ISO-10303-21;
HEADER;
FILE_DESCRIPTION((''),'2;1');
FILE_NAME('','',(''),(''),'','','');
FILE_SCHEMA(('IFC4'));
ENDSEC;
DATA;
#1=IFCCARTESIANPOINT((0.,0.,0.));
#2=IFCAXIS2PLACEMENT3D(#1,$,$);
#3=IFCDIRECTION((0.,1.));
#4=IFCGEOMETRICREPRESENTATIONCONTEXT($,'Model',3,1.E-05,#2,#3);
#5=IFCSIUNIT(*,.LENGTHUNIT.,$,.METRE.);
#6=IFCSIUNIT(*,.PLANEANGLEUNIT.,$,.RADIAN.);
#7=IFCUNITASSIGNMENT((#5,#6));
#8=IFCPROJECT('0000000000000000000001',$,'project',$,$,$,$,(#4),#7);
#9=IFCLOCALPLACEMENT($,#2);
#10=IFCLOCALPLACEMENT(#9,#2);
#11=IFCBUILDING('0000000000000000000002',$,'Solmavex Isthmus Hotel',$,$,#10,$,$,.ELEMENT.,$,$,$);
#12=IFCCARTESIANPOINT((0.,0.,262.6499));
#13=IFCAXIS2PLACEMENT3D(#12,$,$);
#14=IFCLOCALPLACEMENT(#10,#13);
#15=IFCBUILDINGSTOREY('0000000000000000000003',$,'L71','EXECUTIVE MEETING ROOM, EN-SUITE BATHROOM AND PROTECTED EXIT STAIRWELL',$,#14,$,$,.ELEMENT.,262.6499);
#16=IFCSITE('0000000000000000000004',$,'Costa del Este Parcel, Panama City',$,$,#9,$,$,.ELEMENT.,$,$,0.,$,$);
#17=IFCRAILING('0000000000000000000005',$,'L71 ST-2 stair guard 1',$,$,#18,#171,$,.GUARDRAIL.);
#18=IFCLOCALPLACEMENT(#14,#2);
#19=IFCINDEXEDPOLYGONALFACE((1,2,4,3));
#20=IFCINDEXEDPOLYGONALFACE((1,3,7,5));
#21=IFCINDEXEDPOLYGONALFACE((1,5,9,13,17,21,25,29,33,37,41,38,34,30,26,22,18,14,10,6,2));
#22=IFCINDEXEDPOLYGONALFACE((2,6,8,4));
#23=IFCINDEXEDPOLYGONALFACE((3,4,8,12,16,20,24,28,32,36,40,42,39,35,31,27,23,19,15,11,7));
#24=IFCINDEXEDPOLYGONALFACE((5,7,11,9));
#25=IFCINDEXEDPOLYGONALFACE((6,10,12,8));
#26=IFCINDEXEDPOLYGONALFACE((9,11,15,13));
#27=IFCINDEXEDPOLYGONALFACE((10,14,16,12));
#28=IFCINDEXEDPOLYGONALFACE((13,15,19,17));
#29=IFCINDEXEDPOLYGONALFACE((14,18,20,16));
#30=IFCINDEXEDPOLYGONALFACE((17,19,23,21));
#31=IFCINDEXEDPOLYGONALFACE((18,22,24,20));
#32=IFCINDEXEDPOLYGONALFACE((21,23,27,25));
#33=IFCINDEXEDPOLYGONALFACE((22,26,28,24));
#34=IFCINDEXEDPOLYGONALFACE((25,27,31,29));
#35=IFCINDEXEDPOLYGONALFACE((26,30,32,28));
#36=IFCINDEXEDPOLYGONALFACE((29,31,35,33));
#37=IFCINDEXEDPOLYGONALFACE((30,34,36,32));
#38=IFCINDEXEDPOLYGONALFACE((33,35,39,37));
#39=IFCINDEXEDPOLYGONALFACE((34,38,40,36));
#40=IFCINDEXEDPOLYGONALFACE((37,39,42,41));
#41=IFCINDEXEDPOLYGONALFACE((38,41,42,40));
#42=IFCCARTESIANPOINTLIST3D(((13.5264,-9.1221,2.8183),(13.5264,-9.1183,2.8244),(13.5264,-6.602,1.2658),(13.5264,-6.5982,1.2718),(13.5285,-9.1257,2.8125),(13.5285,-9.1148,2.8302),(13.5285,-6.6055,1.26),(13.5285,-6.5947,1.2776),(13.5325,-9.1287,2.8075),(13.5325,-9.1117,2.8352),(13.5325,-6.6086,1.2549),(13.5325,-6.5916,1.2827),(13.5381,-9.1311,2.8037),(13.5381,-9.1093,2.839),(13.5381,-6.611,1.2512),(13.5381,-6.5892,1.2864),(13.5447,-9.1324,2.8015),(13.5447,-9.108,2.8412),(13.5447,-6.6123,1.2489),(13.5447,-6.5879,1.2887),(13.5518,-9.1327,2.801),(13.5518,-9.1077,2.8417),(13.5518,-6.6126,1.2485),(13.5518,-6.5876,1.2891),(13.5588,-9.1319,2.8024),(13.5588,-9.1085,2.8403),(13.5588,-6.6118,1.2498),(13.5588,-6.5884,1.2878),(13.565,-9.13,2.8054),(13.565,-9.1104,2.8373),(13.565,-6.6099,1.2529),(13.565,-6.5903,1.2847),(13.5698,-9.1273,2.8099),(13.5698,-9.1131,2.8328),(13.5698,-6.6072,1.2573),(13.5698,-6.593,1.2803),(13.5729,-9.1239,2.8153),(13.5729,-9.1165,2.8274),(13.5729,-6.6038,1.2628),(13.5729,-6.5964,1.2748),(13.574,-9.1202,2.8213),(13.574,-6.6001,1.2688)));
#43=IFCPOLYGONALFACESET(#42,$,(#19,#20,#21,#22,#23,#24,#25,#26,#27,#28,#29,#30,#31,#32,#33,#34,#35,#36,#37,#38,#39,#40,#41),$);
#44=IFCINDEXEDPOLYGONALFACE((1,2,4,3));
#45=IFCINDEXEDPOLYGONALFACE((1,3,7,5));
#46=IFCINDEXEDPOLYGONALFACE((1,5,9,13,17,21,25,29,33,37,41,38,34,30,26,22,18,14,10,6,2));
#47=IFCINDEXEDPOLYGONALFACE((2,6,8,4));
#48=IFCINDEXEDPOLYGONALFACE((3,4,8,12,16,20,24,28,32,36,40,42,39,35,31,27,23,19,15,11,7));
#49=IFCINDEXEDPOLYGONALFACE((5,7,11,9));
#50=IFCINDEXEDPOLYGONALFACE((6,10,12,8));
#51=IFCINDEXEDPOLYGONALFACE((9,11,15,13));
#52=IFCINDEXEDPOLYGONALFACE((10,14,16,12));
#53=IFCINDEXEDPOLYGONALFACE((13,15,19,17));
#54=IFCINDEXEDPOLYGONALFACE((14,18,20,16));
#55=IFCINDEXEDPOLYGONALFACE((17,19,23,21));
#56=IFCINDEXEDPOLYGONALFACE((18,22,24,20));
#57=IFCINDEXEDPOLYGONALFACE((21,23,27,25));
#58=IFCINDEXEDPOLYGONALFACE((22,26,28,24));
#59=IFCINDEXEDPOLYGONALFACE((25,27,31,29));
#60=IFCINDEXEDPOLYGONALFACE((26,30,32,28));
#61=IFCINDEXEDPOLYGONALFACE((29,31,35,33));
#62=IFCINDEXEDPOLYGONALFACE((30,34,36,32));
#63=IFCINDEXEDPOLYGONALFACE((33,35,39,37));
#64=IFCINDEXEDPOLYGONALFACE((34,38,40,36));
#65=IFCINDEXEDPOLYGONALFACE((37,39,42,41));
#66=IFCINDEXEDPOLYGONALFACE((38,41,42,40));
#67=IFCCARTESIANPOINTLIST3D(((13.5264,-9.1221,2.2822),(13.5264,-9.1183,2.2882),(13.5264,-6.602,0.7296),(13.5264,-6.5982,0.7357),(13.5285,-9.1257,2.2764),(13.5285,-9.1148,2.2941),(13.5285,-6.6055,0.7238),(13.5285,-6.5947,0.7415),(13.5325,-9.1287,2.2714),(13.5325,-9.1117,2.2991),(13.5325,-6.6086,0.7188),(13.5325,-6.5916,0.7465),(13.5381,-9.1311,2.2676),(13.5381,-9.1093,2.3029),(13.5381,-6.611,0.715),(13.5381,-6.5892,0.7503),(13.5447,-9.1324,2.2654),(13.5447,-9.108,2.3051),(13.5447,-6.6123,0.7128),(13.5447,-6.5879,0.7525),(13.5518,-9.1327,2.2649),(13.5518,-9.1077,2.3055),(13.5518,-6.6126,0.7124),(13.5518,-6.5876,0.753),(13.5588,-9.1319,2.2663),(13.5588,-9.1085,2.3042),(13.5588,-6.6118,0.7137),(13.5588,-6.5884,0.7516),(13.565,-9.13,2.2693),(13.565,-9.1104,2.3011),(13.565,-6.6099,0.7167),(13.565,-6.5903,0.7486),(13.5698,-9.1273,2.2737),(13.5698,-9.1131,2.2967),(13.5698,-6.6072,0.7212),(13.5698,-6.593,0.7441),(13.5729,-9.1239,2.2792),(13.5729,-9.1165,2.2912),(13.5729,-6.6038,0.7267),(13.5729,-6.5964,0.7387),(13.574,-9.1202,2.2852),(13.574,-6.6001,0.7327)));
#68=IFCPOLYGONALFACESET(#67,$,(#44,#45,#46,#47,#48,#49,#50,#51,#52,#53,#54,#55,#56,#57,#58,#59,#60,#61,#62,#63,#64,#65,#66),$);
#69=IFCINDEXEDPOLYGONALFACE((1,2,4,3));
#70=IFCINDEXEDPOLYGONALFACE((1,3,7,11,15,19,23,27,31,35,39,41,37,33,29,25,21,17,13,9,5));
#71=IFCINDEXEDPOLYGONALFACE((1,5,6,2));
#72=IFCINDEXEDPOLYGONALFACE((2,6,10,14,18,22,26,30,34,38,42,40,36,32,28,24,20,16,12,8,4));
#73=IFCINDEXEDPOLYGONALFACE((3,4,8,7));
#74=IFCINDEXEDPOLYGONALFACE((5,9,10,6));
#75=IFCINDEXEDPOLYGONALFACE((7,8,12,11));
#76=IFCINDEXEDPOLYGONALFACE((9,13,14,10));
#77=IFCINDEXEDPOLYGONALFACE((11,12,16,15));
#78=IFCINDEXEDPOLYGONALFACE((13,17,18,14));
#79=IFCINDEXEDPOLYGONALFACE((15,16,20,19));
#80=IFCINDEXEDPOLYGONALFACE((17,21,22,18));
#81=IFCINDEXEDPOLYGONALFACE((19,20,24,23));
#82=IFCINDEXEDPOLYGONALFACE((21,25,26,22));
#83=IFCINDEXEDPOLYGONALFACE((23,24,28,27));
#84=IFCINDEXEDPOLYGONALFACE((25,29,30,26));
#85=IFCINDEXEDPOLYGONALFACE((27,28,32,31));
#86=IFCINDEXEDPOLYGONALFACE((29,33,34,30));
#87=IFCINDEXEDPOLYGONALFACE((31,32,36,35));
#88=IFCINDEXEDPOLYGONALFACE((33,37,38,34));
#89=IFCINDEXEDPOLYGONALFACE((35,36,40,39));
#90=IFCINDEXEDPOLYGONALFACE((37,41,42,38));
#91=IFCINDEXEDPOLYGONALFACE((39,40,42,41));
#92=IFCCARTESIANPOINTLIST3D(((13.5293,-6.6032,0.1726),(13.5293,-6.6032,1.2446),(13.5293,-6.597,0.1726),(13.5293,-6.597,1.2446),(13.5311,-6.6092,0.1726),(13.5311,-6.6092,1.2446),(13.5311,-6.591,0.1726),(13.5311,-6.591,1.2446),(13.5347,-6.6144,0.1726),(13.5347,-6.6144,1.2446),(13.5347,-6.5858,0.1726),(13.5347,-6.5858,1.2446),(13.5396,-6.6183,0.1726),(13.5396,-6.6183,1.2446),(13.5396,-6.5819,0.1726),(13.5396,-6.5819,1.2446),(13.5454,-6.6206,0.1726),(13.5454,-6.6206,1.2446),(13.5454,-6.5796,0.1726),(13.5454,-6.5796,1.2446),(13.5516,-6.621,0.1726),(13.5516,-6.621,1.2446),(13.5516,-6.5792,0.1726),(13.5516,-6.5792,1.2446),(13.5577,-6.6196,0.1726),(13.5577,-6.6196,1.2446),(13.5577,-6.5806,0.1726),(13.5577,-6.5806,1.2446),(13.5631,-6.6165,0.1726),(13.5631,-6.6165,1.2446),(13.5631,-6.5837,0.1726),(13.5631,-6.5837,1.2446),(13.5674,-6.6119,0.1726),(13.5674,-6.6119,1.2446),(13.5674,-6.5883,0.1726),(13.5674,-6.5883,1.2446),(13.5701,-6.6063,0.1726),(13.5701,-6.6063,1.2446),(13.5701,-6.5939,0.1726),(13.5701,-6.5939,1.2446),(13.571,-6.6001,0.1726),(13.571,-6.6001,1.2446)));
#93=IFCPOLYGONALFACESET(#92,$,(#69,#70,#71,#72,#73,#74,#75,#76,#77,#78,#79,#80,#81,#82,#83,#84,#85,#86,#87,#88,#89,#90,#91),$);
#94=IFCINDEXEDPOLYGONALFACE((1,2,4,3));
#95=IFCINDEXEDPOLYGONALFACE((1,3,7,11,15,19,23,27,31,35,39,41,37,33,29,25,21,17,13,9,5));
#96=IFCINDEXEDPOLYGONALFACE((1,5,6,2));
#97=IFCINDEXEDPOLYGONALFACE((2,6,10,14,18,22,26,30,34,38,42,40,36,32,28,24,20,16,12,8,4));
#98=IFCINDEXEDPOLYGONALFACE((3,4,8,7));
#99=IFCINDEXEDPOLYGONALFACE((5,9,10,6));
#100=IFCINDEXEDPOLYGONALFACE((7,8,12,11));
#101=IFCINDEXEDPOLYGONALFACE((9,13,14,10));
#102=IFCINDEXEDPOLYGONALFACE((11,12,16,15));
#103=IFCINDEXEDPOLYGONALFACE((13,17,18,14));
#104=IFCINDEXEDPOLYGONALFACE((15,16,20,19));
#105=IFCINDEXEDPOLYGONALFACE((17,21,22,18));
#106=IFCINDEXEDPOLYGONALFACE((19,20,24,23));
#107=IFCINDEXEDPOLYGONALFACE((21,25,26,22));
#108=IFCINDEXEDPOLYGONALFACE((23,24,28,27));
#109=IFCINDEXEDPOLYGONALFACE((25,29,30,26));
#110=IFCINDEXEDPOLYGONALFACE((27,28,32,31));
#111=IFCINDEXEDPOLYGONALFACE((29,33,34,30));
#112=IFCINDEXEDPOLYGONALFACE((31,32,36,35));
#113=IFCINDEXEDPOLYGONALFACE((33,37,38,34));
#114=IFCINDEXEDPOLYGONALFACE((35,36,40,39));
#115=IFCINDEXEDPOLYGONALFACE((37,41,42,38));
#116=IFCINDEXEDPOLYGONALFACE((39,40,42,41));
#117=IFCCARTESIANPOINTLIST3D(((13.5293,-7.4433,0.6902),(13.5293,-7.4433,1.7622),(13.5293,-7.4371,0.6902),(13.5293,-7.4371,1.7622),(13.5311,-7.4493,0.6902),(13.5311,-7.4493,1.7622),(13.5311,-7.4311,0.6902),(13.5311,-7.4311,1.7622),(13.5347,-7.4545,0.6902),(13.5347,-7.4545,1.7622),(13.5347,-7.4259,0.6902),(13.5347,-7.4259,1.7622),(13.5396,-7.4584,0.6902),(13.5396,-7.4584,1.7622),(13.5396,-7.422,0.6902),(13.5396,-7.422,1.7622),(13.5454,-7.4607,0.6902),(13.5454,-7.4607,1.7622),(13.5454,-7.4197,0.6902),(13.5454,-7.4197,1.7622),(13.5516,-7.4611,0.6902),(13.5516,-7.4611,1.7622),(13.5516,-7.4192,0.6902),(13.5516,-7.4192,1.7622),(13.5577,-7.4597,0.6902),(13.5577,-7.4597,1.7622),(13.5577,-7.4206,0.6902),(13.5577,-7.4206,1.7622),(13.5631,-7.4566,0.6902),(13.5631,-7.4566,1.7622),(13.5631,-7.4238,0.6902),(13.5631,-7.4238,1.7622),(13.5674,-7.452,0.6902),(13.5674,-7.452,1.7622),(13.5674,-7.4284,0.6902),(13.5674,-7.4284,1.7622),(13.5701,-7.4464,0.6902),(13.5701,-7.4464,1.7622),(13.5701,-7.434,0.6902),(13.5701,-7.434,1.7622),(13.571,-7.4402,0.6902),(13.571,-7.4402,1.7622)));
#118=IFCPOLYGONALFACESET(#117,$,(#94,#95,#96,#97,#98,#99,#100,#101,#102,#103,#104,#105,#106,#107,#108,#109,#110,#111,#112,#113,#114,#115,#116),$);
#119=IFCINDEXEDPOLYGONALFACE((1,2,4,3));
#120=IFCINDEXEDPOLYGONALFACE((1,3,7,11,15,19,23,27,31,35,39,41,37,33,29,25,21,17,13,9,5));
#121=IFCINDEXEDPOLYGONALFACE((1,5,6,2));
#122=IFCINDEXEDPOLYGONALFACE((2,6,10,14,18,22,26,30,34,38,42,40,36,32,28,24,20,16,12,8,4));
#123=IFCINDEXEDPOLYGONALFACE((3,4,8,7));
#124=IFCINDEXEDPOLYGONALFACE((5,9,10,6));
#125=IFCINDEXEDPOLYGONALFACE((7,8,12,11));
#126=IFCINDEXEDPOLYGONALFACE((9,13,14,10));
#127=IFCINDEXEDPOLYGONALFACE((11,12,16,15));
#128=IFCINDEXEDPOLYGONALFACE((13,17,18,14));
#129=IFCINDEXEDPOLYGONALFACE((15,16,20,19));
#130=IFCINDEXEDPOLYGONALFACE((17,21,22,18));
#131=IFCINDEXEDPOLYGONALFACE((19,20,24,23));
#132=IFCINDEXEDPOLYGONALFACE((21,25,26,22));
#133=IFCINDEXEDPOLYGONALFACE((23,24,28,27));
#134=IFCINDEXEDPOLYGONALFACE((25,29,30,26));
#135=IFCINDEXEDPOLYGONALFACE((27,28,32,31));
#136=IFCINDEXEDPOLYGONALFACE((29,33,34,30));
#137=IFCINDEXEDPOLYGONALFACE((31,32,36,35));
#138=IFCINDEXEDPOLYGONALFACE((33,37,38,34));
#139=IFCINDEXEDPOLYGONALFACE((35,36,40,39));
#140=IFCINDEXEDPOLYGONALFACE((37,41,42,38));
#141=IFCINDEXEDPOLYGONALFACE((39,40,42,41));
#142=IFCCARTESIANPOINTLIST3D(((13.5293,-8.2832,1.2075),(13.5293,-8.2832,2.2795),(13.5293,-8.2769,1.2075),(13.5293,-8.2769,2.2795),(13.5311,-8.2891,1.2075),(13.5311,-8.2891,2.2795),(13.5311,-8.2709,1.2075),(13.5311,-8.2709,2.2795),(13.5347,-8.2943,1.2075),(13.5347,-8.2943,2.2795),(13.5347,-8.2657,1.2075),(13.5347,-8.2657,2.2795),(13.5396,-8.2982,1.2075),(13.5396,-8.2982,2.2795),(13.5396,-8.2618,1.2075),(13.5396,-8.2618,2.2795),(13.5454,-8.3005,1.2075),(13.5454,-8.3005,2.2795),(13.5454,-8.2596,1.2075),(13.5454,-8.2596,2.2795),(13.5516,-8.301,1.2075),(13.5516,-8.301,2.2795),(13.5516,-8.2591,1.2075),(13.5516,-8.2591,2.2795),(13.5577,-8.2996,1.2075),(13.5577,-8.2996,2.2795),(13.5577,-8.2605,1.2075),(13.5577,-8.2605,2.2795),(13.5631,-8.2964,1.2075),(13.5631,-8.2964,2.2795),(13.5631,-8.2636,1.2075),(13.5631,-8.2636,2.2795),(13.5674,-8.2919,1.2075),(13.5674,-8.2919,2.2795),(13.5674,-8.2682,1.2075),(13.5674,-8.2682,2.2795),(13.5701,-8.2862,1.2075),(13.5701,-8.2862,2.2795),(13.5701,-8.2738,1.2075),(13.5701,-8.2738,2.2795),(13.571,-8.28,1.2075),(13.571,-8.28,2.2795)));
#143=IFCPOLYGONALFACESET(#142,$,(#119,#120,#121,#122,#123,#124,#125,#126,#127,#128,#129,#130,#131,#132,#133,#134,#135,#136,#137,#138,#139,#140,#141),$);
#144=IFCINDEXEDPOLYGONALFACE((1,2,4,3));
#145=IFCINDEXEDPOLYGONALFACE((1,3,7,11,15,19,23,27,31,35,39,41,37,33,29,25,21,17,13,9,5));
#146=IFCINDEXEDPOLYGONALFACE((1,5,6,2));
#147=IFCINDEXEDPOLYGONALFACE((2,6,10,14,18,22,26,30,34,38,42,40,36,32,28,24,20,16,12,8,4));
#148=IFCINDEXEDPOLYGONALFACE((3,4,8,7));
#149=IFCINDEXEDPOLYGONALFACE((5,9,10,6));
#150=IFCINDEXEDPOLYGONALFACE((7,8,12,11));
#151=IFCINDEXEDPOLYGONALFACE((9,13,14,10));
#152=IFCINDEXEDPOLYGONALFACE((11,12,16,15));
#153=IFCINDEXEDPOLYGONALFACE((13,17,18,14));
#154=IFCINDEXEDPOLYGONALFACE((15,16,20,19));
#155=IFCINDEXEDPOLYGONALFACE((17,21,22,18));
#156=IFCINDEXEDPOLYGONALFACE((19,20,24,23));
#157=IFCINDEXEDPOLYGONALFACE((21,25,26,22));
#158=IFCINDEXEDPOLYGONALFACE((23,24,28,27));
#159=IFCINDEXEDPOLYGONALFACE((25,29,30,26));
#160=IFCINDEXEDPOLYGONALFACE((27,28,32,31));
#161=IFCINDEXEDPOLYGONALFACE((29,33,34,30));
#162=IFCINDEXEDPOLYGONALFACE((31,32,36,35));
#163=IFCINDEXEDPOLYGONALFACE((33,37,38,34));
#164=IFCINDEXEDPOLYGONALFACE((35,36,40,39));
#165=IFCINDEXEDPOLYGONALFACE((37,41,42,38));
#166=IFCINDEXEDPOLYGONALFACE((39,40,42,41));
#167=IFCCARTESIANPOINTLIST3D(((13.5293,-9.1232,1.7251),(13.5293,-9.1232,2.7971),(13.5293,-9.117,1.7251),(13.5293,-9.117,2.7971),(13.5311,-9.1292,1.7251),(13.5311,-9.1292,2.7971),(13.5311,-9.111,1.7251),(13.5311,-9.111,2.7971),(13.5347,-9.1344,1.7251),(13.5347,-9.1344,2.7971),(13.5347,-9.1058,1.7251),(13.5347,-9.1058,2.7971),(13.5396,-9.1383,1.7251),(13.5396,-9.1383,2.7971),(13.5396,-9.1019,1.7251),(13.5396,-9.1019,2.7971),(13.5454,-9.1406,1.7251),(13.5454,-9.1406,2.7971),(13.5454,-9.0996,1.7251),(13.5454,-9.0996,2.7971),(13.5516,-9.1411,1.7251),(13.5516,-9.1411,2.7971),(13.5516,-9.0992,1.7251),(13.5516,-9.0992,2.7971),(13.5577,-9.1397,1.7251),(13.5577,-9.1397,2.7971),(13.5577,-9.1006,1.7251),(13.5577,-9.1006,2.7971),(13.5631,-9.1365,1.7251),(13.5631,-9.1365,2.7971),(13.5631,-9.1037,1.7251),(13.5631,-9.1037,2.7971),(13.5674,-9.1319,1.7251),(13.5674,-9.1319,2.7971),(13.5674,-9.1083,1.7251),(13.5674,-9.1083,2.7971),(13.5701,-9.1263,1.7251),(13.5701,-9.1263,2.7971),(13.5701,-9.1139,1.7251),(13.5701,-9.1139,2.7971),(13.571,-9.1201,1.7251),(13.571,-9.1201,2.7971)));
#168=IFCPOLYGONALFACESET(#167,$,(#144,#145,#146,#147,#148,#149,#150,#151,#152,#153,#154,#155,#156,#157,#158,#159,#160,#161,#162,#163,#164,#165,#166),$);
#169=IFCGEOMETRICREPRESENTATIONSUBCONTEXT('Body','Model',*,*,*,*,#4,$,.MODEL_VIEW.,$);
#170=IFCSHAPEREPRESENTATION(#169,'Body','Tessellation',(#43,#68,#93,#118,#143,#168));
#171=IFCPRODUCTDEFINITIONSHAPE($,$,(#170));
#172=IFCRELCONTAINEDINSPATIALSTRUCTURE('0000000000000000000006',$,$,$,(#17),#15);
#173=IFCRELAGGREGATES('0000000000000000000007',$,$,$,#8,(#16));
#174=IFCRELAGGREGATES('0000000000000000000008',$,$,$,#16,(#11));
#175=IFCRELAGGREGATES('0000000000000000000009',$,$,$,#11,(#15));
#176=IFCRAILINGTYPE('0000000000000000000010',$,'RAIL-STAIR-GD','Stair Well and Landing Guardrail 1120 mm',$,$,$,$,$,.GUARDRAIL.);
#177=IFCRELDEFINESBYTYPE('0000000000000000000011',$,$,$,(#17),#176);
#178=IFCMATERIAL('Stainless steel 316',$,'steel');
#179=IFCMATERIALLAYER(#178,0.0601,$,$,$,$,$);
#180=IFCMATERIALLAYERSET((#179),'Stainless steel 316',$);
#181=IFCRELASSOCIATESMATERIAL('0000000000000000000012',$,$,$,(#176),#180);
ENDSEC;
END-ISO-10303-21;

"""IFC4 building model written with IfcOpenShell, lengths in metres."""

from ifc_helpers import new_model, si_unit, direction, frame, origin, origin_2d, place, context, subcontext, project, spatial, circle, extrude, material, layer, layer_set, type_object, element, save


model = new_model("IFC4")

# Units and contexts
model_context = context("Model", 3, precision=1e-05, world=origin(), true_north=direction((0.0, 1.0)))
body_context = subcontext(model_context, "Body", "Model", "MODEL_VIEW")
ifc_project = project(units=[si_unit("LENGTHUNIT", "METRE"), si_unit("PLANEANGLEUNIT", "RADIAN")], contexts=[model_context])

# Site, building, storey
site_placement = place(None, origin())
site = spatial("IfcSite", under=ifc_project, at=site_placement, Name="Costa del Este Parcel, Panama City", CompositionType="ELEMENT", RefElevation=0.0)
building_placement = place(site_placement, origin())
building = spatial("IfcBuilding", under=site, at=building_placement, Name="Solmavex Isthmus Hotel", CompositionType="ELEMENT")
storey_placement = place(building_placement, frame((0.0, 0.0, 262.6499)))
storey = spatial("IfcBuildingStorey", under=building, at=storey_placement, Name="L71", Description="EXECUTIVE MEETING ROOM, EN-SUITE BATHROOM AND PROTECTED EXIT STAIRWELL", CompositionType="ELEMENT", Elevation=262.6499)

# Railing
ifc_material_1 = material(Name="Stainless steel 316", Category="steel")
ifc_layer_1 = layer(ifc_material_1, 0.0601)
ifc_layer_set_1 = layer_set([ifc_layer_1], Name="Stainless steel 316")
railing_type_1 = type_object("IfcRailingType", Name="RAIL-STAIR-GD", Description="Stair Well and Landing Guardrail 1120 mm", PredefinedType="GUARDRAIL", material=ifc_layer_set_1)
railing_1_placement = place(storey_placement, frame((13.55, -6.6001, 0.1726)))
element("IfcRailing", 1, at=railing_1_placement, inside=storey, type_object=railing_type_1, Name="L71 ST-2 stair guard 1", PredefinedType="GUARDRAIL", context=body_context, shape_type="SweptSolid", body=[
    extrude(circle(Radius=0.0239, at=origin_2d()), frame((0.0, 0.0, 1.0962), z_axis=(0.0, -0.8514, 0.524516), x_axis=(1.0, 0.0, 0.0)), (0.0, 0.0, 1.0), 2.96),
    extrude(circle(Radius=0.0239, at=origin_2d()), frame((0.0, 0.0, 0.5601), z_axis=(0.0, -0.8514, 0.524516), x_axis=(1.0, 0.0, 0.0)), (0.0, 0.0, 1.0), 2.96),
    extrude(circle(Radius=0.021, at=origin_2d()), origin(), (0.0, 0.0, 1.0), 1.072),
    extrude(circle(Radius=0.021, at=origin_2d()), frame((0.0, -0.8401, 0.5176)), (0.0, 0.0, 1.0), 1.072),
    extrude(circle(Radius=0.021, at=origin_2d()), frame((0.0, -1.6799, 1.0349)), (0.0, 0.0, 1.0), 1.072),
    extrude(circle(Radius=0.021, at=origin_2d()), frame((0.0, -2.52, 1.5525)), (0.0, 0.0, 1.0), 1.072),
])

save(model, "model.ifc")
